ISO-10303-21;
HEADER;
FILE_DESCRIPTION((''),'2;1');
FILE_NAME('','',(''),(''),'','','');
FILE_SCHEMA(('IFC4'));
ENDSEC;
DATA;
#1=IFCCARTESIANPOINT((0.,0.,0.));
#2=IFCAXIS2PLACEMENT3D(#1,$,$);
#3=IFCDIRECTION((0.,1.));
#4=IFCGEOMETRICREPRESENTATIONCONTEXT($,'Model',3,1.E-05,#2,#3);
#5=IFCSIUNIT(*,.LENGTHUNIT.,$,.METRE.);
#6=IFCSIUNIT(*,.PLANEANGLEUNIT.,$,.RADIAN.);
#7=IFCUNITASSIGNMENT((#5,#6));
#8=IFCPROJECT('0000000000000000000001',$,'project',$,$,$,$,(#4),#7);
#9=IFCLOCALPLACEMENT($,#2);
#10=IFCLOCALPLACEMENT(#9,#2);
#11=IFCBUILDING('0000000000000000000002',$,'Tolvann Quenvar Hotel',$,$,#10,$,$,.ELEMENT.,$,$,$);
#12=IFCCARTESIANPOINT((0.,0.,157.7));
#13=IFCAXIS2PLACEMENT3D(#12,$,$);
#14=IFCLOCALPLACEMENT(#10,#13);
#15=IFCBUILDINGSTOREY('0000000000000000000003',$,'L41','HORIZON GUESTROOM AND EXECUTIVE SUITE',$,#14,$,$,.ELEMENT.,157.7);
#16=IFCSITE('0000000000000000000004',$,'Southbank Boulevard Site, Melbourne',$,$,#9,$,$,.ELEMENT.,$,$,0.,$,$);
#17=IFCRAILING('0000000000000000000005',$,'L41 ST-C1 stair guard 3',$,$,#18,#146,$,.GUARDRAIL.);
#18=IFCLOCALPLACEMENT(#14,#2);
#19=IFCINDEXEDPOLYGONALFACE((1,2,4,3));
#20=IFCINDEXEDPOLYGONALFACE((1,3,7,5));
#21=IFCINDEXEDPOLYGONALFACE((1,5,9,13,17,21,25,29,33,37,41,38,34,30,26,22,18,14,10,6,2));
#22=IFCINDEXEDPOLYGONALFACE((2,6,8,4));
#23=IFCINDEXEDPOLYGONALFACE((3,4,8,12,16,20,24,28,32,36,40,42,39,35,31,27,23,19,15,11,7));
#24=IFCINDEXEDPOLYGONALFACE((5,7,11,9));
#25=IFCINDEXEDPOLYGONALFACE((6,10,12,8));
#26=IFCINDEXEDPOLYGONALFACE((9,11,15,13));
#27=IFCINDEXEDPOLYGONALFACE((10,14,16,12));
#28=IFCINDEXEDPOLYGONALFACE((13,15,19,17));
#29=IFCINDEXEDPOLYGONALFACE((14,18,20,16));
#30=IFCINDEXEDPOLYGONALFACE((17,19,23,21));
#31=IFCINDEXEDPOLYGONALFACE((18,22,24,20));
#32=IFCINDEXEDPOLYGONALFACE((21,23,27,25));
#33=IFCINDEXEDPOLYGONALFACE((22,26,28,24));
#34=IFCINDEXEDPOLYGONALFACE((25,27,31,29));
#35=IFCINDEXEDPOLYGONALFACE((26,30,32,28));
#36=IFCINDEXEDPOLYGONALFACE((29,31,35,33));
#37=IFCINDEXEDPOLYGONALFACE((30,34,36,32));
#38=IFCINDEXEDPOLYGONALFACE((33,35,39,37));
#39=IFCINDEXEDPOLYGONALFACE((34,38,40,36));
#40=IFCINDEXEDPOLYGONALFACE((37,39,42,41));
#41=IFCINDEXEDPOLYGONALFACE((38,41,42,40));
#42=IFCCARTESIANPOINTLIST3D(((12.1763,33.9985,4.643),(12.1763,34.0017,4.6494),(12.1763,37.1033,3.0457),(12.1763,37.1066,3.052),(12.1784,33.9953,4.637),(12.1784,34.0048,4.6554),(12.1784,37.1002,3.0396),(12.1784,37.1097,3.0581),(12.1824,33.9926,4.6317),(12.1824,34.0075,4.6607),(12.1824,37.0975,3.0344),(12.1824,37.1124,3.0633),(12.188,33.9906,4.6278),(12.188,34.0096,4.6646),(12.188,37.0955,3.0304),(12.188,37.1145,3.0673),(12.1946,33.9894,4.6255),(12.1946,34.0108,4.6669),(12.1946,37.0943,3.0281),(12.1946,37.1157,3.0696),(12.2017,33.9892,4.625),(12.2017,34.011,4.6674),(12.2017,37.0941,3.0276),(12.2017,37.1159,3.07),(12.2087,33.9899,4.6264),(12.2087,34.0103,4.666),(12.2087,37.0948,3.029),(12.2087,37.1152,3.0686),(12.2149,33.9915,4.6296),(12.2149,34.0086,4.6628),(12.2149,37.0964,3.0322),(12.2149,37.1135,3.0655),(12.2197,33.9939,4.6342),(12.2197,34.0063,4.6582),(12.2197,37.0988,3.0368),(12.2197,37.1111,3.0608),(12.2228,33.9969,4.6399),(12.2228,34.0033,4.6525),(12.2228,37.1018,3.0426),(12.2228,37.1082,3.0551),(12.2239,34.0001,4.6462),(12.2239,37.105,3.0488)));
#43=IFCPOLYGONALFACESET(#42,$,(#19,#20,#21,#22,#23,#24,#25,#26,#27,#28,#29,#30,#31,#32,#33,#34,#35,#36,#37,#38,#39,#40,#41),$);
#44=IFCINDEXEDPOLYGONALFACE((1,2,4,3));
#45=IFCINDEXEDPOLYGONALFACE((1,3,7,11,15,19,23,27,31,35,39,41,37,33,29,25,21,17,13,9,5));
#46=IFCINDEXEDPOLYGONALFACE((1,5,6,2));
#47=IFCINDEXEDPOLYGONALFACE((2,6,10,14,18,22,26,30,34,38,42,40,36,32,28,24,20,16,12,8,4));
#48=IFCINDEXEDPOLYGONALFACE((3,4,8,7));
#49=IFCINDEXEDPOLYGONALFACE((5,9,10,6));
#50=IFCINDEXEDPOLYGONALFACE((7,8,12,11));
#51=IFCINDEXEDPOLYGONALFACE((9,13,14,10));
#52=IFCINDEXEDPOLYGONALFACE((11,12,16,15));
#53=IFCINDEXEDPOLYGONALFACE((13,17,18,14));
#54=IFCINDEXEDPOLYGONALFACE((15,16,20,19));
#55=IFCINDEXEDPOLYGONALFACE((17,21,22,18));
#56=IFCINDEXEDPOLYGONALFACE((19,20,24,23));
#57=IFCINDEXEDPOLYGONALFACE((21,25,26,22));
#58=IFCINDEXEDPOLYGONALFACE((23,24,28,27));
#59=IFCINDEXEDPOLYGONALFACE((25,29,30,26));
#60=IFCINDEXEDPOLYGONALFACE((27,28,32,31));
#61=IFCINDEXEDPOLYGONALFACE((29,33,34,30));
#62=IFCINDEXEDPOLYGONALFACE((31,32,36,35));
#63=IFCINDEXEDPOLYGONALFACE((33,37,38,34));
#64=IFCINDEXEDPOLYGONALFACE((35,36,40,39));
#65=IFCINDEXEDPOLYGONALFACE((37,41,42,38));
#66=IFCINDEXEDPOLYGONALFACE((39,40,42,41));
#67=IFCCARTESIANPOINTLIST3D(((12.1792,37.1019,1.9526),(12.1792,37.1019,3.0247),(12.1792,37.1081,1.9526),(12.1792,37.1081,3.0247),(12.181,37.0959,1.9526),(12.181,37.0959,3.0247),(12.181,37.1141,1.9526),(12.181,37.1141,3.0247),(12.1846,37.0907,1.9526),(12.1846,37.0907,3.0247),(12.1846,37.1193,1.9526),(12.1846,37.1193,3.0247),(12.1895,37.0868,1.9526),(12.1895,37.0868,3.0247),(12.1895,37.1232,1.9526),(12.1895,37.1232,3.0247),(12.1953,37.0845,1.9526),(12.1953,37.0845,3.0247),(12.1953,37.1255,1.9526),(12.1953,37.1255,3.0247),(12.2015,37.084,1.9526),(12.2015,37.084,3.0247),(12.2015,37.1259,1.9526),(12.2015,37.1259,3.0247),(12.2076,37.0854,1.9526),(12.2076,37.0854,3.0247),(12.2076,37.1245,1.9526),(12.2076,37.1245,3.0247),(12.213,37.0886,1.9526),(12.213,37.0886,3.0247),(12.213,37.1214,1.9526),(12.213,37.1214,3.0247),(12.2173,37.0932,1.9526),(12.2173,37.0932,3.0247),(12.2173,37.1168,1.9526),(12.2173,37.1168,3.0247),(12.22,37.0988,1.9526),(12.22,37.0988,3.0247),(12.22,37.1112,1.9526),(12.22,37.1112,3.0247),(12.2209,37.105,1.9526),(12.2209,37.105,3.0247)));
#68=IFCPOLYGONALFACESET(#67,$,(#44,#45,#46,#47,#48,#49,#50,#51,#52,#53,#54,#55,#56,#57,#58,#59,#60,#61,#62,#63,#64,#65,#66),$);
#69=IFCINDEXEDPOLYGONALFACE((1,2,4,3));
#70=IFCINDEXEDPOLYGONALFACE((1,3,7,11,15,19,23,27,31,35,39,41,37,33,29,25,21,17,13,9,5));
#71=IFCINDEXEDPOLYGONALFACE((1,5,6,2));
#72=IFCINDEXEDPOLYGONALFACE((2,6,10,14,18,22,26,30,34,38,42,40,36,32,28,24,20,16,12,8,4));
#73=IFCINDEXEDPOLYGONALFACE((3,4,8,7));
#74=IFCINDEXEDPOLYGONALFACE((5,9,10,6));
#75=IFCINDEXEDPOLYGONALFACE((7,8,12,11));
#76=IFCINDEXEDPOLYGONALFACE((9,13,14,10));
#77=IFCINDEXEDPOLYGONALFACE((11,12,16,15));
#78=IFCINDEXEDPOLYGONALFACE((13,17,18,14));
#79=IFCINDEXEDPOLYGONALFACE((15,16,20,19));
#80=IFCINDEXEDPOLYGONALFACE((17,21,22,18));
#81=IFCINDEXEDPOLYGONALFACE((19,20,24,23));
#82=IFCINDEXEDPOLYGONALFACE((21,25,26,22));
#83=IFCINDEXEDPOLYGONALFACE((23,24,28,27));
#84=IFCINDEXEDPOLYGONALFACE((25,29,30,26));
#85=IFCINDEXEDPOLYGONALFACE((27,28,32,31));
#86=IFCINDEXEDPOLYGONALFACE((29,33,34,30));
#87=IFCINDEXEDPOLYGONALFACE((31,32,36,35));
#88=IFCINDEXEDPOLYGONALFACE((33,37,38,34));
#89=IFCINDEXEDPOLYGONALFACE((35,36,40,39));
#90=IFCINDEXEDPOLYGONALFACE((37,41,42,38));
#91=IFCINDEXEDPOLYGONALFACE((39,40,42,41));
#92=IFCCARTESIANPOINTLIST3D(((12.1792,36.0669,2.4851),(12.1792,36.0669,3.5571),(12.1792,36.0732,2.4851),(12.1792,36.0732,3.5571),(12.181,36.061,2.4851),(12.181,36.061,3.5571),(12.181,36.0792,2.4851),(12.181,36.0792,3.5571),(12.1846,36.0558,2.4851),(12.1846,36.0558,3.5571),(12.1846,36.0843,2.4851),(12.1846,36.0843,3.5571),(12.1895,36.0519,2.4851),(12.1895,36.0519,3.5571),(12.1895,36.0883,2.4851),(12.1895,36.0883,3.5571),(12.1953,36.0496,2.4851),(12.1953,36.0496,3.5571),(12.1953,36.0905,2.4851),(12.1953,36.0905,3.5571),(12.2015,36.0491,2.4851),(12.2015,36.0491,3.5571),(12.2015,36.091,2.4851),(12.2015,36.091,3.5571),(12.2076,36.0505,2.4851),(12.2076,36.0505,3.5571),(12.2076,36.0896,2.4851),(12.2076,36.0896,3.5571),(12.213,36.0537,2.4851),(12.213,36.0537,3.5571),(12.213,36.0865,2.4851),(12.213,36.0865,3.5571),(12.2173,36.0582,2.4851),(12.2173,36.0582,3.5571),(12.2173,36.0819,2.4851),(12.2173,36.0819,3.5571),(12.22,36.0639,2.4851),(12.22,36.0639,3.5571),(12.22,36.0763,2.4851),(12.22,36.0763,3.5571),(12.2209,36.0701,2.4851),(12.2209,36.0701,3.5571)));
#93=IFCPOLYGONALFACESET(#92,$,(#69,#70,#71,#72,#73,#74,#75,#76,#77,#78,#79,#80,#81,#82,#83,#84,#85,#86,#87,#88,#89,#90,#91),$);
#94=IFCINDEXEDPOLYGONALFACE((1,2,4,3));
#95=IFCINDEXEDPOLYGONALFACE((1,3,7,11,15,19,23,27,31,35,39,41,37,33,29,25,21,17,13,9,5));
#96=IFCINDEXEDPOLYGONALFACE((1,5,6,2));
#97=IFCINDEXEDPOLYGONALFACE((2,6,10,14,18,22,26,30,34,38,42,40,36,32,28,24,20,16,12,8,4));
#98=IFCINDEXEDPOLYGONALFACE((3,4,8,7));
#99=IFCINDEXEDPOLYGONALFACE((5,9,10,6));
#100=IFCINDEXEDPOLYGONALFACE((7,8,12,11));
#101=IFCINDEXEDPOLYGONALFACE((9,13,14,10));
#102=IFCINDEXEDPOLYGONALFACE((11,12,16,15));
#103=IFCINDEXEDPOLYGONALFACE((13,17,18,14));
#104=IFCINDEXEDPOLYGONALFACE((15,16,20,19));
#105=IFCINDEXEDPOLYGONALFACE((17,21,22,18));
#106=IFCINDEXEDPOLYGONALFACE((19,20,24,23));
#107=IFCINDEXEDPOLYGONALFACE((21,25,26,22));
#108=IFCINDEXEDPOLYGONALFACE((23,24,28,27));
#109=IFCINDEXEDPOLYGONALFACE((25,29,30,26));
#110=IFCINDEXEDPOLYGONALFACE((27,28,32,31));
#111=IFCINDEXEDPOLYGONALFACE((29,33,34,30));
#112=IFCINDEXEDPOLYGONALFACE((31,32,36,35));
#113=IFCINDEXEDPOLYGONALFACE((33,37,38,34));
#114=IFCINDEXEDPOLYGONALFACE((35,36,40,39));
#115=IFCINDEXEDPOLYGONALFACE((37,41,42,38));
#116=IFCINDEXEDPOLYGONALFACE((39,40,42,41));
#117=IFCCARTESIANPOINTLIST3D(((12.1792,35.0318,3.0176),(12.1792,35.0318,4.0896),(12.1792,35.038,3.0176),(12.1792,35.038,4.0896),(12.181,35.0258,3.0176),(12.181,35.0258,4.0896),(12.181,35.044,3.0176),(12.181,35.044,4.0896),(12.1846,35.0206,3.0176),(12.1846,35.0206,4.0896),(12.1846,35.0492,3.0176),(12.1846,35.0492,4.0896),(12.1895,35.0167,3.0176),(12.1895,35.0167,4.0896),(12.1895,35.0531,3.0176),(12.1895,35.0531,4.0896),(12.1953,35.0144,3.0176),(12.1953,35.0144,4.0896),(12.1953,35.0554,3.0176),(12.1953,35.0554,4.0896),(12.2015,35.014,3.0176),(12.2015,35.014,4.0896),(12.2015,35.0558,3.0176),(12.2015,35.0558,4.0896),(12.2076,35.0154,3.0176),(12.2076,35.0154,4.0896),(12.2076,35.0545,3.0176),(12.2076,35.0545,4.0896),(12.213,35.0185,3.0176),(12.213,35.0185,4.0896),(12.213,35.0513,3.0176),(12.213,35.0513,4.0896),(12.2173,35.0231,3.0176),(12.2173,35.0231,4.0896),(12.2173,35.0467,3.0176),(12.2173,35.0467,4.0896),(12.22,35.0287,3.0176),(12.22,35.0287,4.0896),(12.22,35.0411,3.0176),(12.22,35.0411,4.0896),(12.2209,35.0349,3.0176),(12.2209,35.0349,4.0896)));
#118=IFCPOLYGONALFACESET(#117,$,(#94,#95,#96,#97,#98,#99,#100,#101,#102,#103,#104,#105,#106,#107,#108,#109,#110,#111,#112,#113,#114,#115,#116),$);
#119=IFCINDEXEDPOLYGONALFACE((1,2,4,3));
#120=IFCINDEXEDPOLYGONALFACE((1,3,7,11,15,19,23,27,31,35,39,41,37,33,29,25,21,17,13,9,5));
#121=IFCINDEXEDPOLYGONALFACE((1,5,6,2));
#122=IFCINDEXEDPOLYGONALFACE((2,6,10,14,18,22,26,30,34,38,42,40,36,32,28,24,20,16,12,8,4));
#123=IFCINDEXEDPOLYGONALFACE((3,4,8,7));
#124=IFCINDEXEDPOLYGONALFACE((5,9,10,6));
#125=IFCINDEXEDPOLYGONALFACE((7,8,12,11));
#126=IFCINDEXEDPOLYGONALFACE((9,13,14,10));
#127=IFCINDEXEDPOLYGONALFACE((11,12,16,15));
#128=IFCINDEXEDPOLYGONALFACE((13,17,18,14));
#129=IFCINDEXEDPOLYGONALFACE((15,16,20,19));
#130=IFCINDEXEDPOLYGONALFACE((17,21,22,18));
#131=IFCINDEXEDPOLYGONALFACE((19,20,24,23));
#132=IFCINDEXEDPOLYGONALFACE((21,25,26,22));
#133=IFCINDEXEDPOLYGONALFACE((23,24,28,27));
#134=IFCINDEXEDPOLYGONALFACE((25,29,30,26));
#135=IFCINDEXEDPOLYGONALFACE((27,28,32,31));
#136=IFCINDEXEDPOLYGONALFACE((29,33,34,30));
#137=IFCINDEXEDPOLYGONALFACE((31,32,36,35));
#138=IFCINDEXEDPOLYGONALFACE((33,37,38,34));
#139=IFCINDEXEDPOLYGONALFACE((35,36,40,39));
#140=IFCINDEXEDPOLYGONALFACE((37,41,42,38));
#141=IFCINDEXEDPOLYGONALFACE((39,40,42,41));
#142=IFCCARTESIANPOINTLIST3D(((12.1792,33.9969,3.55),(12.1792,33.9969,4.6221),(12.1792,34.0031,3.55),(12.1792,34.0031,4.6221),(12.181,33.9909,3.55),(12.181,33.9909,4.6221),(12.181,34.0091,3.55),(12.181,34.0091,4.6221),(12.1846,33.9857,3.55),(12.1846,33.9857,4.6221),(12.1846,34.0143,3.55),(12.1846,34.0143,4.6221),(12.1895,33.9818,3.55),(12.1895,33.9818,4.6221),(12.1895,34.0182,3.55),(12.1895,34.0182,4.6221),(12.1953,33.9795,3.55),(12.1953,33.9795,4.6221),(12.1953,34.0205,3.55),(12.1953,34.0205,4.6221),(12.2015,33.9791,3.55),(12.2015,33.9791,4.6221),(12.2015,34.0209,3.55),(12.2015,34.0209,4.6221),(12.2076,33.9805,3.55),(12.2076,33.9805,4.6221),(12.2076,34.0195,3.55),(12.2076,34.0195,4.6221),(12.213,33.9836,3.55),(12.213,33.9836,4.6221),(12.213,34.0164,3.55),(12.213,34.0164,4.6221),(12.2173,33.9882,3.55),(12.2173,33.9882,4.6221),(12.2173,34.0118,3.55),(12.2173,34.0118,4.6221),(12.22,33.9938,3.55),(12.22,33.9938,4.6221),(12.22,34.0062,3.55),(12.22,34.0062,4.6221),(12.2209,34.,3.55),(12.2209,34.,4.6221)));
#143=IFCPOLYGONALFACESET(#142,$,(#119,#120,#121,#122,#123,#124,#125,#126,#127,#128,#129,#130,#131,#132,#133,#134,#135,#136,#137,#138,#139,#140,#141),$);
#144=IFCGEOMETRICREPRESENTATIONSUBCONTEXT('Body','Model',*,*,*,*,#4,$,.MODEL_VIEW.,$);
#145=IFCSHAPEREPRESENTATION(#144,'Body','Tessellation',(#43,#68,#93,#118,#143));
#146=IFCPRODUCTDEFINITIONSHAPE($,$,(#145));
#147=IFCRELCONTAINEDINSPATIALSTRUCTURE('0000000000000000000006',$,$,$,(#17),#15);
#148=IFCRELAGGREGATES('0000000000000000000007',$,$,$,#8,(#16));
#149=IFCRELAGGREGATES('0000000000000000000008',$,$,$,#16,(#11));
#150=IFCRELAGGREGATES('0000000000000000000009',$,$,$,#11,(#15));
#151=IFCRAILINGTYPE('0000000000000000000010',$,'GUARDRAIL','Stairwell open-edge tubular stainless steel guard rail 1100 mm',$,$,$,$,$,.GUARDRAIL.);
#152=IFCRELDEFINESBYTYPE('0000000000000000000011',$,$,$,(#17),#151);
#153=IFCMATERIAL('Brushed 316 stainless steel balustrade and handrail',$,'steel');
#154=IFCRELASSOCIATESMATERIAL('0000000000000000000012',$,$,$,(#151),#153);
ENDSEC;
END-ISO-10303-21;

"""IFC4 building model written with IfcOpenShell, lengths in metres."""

from ifc_helpers import new_model, si_unit, direction, frame, origin, origin_2d, place, context, subcontext, project, spatial, circle, extrude, material, type_object, element, save


model = new_model("IFC4")

# Units and contexts
model_context = context("Model", 3, precision=1e-05, world=origin(), true_north=direction((0.0, 1.0)))
body_context = subcontext(model_context, "Body", "Model", "MODEL_VIEW")
ifc_project = project(units=[si_unit("LENGTHUNIT", "METRE"), si_unit("PLANEANGLEUNIT", "RADIAN")], contexts=[model_context])

# Site, building, storey
site_placement = place(None, origin())
site = spatial("IfcSite", under=ifc_project, at=site_placement, Name="Southbank Boulevard Site, Melbourne", CompositionType="ELEMENT", RefElevation=0.0)
building_placement = place(site_placement, origin())
building = spatial("IfcBuilding", under=site, at=building_placement, Name="Tolvann Quenvar Hotel", CompositionType="ELEMENT")
storey_placement = place(building_placement, frame((0.0, 0.0, 157.7)))
storey = spatial("IfcBuildingStorey", under=building, at=storey_placement, Name="L41", Description="HORIZON GUESTROOM AND EXECUTIVE SUITE", CompositionType="ELEMENT", Elevation=157.7)

# Railing
ifc_material_1 = material(Name="Brushed 316 stainless steel balustrade and handrail", Category="steel")
railing_type_1 = type_object("IfcRailingType", Name="GUARDRAIL", Description="Stairwell open-edge tubular stainless steel guard rail 1100 mm", PredefinedType="GUARDRAIL", material=ifc_material_1)
railing_1_placement = place(storey_placement, frame((12.2, 37.105, 1.9526)))
element("IfcRailing", 1, at=railing_1_placement, inside=storey, type_object=railing_type_1, Name="L41 ST-C1 stair guard 3", PredefinedType="GUARDRAIL", context=body_context, shape_type="SweptSolid", body=[
    extrude(circle(Radius=0.0239, at=origin_2d()), frame((0.0, 0.0, 1.0962), z_axis=(0.0, -0.889222, 0.457476), x_axis=(1.0, 0.0, 0.0)), (0.0, 0.0, 1.0), 3.4917),
    extrude(circle(Radius=0.021, at=origin_2d()), origin(), (0.0, 0.0, 1.0), 1.072),
    extrude(circle(Radius=0.021, at=origin_2d()), frame((0.0, -1.0349, 0.5325)), (0.0, 0.0, 1.0), 1.072),
    extrude(circle(Radius=0.021, at=origin_2d()), frame((0.0, -2.0701, 1.0649)), (0.0, 0.0, 1.0), 1.072),
    extrude(circle(Radius=0.021, at=origin_2d()), frame((0.0, -3.105, 1.5974)), (0.0, 0.0, 1.0), 1.072),
])

save(model, "model.ifc")
